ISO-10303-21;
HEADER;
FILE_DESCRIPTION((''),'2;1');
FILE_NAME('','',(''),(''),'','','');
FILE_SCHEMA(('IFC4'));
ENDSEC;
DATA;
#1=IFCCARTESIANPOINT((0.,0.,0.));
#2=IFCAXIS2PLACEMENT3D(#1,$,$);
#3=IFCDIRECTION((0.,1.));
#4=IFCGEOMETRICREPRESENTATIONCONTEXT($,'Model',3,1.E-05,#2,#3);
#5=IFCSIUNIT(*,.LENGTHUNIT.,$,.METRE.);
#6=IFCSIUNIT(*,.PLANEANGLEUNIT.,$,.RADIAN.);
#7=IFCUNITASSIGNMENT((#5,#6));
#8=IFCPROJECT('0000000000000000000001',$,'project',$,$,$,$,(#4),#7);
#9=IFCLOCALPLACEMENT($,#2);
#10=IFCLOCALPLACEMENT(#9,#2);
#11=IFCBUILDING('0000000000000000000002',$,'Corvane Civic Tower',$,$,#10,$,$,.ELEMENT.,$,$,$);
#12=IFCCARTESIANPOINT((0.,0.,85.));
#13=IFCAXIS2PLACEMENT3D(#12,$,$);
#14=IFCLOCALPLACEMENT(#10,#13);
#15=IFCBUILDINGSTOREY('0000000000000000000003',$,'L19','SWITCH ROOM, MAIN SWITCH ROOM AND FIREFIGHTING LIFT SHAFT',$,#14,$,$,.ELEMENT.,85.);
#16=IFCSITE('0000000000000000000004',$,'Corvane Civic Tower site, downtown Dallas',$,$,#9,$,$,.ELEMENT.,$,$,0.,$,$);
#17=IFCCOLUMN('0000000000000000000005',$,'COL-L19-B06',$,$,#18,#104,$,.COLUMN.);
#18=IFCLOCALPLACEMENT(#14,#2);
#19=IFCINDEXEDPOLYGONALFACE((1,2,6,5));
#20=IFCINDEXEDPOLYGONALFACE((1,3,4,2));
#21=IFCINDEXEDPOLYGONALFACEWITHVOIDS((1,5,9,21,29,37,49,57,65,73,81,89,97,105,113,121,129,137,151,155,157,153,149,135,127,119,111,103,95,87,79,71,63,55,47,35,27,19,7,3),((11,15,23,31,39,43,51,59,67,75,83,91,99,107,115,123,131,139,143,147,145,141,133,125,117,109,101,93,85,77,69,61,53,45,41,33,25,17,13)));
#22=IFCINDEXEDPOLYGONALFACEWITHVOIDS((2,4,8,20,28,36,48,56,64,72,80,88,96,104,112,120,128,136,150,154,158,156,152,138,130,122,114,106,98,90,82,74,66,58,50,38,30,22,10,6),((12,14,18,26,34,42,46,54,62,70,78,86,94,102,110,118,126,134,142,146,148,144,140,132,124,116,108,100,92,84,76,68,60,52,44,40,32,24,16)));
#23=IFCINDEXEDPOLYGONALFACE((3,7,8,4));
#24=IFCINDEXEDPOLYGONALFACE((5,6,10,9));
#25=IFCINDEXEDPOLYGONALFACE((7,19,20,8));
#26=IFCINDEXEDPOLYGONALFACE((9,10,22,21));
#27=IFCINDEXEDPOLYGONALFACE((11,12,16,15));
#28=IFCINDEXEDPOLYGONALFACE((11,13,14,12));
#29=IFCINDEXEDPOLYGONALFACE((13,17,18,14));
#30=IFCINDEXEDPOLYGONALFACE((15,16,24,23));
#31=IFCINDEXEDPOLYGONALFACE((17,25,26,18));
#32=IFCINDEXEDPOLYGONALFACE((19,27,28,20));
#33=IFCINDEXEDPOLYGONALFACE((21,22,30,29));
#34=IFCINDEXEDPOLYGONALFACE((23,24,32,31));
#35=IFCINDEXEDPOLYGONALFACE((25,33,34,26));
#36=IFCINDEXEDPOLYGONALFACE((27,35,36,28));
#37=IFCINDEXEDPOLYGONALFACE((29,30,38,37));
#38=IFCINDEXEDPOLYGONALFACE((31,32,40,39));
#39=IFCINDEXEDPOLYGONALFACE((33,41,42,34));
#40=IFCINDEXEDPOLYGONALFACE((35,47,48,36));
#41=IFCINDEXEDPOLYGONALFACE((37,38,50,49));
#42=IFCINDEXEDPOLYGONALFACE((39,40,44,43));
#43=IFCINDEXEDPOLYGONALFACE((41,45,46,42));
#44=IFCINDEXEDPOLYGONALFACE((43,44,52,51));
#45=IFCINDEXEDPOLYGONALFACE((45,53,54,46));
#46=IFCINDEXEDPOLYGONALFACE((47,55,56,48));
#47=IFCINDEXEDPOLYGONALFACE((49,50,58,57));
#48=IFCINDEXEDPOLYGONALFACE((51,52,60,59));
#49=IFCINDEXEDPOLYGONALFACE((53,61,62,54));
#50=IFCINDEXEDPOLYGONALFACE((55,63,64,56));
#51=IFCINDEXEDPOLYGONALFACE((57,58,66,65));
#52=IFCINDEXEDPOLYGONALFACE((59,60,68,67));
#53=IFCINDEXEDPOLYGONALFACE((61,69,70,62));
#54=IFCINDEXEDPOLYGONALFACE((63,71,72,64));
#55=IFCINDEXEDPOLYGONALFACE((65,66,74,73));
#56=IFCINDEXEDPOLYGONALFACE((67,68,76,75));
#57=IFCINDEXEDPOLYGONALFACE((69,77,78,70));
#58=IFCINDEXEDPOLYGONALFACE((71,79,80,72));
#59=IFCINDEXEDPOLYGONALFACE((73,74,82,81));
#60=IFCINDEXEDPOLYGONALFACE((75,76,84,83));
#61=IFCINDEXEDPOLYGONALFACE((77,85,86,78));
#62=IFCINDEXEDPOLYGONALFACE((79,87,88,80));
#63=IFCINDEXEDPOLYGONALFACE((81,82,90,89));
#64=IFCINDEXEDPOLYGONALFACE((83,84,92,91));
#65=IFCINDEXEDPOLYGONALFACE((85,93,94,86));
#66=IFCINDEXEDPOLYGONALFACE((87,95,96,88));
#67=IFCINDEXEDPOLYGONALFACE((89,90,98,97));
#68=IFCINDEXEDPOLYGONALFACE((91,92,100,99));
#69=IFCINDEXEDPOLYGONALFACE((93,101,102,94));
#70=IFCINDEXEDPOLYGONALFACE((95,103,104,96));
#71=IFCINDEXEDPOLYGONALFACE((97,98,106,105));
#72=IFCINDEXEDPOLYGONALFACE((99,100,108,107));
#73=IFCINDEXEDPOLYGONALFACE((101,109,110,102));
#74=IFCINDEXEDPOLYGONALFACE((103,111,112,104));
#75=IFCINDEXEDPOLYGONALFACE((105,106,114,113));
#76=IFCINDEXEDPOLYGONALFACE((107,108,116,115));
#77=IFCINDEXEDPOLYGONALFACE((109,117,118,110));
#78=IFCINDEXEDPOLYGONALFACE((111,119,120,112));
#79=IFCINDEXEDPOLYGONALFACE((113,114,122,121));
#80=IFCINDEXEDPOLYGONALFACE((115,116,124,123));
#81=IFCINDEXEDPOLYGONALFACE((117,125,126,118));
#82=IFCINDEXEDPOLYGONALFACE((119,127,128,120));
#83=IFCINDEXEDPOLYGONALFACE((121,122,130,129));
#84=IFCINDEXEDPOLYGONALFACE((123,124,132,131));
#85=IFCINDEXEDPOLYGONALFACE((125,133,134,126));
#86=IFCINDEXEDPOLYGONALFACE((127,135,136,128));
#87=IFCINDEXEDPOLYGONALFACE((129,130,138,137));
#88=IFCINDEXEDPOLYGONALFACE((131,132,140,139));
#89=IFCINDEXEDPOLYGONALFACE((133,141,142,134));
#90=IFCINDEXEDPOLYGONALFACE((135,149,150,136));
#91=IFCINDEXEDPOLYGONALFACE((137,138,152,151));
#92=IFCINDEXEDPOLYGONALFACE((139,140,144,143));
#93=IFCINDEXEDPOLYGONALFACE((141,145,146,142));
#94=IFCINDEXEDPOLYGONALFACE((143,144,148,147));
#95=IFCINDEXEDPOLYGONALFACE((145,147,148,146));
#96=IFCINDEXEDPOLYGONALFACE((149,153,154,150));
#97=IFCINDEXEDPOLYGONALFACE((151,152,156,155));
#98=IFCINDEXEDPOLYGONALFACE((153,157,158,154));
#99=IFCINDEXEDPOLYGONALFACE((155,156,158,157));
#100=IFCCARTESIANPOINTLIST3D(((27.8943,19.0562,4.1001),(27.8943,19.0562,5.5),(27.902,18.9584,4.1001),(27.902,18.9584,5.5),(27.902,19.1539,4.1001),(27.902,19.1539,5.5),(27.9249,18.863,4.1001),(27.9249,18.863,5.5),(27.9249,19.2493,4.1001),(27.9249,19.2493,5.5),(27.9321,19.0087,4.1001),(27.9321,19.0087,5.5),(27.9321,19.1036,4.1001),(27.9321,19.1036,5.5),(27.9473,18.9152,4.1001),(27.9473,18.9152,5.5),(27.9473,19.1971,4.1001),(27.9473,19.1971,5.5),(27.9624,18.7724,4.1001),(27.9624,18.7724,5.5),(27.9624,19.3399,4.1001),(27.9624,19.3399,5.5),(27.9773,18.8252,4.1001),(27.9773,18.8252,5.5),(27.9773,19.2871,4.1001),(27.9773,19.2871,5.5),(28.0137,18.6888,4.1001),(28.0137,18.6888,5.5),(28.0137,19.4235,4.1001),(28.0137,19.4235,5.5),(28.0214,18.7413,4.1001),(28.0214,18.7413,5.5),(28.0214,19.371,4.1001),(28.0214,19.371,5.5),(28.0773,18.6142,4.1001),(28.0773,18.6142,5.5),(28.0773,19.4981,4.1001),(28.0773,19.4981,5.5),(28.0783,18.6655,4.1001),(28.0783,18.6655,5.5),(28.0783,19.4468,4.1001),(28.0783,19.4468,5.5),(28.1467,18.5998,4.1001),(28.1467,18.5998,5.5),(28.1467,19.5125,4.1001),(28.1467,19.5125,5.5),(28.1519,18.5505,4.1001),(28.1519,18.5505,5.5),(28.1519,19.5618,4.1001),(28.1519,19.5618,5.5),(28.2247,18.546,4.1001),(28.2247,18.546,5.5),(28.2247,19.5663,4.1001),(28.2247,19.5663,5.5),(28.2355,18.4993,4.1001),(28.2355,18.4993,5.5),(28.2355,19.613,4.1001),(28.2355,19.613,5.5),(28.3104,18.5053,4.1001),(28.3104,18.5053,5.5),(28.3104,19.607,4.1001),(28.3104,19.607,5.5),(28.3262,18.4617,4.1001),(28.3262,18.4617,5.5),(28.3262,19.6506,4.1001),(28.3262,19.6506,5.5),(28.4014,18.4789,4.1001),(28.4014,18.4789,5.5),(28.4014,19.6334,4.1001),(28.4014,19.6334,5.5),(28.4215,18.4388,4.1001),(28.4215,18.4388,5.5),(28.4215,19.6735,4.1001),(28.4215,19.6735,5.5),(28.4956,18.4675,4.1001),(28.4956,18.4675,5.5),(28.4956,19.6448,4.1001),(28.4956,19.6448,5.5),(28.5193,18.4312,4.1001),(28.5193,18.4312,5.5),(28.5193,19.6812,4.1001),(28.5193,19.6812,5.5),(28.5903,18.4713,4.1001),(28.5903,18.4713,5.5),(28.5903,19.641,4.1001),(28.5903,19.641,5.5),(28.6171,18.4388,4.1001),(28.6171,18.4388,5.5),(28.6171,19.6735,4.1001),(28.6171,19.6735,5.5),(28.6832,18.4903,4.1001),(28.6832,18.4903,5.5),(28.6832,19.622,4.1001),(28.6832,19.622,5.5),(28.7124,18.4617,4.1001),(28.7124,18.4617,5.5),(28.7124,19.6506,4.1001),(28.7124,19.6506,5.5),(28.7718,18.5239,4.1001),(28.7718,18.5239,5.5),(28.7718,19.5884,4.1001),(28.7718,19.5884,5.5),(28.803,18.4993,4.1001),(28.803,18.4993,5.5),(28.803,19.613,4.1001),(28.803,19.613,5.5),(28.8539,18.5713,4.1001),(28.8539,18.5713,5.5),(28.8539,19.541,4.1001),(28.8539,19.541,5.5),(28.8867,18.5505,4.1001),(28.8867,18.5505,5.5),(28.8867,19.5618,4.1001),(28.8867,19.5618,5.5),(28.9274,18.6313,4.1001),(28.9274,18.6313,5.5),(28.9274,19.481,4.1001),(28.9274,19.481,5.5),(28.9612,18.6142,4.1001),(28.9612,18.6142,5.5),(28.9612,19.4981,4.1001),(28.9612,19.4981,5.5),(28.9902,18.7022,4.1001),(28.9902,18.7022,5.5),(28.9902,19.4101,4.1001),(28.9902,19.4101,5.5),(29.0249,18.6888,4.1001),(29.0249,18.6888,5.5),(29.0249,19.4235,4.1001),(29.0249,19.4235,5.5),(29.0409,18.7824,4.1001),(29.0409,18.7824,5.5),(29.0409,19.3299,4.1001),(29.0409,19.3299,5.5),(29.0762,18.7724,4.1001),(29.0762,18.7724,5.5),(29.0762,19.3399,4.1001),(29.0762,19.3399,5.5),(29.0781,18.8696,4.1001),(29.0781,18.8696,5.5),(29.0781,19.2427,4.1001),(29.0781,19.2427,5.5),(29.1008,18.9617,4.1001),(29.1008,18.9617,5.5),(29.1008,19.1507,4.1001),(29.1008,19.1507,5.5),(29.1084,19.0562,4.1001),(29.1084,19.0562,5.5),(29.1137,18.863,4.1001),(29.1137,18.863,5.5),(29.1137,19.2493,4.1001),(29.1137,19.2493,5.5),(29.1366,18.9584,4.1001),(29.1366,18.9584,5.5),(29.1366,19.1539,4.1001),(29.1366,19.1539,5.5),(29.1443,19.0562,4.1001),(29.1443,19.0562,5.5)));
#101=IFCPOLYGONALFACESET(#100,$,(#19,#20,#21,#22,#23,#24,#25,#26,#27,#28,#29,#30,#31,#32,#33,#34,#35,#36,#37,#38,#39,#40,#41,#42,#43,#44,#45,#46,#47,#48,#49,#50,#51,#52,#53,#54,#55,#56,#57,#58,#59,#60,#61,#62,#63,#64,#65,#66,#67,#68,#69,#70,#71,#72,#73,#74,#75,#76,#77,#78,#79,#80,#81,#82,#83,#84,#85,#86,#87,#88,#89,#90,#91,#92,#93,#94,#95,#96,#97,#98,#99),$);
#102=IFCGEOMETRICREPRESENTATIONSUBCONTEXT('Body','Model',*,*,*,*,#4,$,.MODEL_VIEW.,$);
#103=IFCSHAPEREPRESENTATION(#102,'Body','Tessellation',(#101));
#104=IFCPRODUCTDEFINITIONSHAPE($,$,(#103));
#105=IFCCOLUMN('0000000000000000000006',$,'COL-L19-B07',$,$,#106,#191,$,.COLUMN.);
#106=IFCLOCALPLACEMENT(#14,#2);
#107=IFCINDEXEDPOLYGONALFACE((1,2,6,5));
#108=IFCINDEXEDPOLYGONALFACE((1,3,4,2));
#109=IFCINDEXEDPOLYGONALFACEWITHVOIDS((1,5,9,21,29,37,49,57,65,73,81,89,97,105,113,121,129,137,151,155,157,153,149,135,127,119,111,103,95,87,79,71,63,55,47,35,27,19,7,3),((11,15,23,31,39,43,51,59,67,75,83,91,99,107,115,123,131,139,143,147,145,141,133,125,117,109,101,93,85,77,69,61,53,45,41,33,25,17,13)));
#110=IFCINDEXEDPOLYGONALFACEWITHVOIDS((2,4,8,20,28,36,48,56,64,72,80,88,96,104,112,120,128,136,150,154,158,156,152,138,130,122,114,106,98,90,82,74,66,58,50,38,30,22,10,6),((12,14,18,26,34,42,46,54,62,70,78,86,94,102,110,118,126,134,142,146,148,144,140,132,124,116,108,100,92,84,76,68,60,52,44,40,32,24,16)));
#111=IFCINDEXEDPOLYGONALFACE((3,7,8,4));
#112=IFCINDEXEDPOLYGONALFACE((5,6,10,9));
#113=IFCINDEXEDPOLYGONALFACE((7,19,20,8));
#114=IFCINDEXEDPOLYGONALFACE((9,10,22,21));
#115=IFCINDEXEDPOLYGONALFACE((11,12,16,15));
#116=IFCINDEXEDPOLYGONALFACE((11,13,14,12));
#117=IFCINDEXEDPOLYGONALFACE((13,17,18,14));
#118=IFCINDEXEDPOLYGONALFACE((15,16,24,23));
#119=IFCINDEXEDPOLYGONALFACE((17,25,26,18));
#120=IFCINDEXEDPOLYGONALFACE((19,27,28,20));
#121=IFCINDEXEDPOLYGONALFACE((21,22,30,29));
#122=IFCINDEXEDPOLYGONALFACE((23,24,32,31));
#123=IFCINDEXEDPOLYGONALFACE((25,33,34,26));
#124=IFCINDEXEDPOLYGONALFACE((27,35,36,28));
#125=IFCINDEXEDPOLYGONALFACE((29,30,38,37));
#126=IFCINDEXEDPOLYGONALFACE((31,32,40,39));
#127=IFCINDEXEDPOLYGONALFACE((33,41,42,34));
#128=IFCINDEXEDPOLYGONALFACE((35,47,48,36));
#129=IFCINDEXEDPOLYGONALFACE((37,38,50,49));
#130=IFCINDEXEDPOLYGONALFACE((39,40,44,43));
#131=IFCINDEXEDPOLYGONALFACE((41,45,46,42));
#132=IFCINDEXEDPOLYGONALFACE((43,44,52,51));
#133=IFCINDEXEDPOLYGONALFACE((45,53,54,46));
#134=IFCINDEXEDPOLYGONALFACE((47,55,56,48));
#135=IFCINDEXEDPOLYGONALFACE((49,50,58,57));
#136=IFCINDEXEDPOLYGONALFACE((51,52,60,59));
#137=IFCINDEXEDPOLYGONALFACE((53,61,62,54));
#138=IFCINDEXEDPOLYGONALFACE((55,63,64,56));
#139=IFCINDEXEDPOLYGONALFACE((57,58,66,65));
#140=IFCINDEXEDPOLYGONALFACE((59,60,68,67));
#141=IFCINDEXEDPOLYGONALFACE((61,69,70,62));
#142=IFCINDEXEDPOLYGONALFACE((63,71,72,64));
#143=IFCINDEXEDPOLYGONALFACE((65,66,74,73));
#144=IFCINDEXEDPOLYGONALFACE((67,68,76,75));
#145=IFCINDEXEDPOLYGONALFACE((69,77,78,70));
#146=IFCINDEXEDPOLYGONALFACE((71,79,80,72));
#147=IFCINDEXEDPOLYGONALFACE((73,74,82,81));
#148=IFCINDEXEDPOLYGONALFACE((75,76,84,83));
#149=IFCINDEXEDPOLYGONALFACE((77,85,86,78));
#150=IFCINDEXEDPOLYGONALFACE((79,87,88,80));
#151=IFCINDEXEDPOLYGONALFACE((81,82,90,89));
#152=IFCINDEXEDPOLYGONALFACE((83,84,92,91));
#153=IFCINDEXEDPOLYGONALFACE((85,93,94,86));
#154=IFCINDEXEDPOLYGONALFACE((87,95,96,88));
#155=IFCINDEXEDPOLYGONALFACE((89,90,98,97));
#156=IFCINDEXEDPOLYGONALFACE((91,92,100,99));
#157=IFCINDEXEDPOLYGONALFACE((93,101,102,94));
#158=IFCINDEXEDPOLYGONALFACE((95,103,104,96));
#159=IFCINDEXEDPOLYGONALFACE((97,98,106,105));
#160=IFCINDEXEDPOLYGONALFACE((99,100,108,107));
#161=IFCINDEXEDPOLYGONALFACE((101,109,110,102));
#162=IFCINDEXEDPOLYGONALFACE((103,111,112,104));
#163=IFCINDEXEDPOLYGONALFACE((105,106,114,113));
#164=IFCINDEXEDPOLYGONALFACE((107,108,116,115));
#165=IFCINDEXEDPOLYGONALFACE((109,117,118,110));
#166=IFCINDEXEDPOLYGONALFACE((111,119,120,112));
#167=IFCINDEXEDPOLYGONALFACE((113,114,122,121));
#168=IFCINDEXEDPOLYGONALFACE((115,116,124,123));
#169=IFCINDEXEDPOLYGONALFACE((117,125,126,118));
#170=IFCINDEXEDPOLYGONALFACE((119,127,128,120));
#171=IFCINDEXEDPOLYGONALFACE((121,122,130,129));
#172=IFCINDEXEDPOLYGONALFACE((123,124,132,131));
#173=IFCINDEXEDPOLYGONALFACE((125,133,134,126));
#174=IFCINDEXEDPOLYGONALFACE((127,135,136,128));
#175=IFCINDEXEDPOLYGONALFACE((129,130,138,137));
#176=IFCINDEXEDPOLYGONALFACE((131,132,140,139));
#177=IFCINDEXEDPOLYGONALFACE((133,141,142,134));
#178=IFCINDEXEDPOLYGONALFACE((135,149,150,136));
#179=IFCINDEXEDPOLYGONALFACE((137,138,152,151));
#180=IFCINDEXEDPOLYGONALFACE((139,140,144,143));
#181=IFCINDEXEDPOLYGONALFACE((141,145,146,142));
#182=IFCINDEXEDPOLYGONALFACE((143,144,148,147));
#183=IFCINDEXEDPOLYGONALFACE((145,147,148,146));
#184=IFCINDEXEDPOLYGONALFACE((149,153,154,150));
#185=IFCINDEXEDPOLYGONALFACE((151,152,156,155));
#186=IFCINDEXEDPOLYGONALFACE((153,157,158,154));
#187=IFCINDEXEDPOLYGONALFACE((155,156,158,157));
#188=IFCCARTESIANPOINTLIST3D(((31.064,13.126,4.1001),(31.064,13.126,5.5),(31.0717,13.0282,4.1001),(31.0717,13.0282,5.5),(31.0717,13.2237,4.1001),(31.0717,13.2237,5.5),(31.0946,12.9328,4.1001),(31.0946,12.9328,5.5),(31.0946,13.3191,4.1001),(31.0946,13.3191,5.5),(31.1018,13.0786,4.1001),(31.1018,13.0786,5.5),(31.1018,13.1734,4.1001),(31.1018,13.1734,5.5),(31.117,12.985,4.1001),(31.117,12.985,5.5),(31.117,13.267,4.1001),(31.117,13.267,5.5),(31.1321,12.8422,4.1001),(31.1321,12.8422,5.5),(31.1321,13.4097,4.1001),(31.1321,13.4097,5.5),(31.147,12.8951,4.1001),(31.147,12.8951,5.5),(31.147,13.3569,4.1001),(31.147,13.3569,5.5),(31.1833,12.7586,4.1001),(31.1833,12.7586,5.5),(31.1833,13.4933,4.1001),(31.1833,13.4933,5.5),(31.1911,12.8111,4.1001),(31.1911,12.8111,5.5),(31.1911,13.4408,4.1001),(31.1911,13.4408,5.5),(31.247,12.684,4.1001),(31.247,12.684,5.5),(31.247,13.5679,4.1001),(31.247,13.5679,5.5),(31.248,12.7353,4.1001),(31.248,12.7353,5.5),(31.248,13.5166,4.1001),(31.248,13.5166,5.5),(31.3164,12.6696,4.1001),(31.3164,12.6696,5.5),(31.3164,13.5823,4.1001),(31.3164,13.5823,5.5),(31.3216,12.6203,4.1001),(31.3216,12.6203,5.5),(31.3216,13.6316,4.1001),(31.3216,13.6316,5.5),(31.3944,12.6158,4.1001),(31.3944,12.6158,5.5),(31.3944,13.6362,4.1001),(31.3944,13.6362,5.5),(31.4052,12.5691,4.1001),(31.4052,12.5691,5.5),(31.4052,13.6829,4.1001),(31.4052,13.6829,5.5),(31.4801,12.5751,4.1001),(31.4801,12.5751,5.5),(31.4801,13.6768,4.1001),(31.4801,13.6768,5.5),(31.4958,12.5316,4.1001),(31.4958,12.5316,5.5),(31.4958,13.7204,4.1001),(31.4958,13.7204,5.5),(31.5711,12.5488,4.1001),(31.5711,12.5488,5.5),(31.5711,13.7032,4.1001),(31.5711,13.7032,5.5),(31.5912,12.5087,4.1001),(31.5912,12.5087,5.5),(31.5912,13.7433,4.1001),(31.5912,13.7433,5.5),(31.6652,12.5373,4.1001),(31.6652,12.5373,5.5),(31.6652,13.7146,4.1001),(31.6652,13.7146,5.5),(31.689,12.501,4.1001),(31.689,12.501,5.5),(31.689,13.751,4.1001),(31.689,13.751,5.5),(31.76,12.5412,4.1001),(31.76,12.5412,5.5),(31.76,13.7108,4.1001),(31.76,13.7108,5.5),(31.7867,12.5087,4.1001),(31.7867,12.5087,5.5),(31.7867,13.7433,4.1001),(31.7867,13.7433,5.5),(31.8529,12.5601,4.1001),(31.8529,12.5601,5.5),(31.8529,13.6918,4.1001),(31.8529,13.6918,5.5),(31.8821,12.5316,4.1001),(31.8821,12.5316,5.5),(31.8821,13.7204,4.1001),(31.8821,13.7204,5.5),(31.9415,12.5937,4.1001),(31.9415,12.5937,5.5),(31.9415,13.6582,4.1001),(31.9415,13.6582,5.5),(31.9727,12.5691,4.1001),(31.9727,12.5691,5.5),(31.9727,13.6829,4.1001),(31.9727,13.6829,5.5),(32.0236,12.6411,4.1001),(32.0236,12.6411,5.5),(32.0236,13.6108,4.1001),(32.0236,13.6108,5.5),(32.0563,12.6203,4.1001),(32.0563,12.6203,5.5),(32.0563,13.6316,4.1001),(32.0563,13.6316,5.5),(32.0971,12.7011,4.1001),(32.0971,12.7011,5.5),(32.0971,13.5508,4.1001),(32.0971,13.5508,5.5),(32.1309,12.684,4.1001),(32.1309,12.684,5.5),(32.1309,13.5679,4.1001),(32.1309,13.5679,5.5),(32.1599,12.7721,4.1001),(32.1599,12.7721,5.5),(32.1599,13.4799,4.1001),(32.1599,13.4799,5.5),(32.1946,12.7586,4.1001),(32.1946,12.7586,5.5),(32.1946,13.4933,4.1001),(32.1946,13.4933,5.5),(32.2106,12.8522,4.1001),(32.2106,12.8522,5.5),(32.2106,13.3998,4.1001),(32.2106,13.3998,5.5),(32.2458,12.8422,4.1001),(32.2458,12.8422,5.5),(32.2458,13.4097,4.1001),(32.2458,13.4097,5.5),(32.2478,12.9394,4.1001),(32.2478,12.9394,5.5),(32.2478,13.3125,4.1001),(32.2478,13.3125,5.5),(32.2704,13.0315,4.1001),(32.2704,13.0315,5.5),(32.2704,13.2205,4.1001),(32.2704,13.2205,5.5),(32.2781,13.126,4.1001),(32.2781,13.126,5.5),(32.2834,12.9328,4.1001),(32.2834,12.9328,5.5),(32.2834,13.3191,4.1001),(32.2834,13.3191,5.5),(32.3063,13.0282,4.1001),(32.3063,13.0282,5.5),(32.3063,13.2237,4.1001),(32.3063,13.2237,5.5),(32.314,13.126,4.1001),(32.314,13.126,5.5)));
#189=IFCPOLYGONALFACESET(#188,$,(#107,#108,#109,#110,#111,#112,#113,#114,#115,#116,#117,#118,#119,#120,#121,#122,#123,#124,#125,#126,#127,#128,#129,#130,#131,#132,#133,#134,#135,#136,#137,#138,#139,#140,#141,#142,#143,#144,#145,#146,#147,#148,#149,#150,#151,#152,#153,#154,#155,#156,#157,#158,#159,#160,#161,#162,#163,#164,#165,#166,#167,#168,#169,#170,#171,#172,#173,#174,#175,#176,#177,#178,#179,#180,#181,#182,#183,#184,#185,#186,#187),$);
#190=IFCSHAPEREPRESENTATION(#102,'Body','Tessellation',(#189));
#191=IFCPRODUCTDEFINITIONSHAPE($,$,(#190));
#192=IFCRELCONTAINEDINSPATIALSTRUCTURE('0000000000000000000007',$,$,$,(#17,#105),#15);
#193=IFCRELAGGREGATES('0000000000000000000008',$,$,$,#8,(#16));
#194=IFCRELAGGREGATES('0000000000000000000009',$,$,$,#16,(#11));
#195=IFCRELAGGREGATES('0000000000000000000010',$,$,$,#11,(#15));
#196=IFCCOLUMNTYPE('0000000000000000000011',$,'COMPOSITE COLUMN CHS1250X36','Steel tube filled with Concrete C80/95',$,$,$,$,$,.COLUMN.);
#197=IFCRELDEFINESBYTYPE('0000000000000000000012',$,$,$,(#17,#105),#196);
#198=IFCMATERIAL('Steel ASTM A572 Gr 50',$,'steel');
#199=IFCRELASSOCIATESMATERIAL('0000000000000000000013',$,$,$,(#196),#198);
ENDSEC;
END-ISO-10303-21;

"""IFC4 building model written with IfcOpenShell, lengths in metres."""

from ifc_helpers import new_model, si_unit, direction, frame, origin, origin_2d, place, context, subcontext, project, spatial, hollow_circle, extrude, material, material_profile, profile_set, type_object, element, save


model = new_model("IFC4")

# Units and contexts
model_context = context("Model", 3, precision=1e-05, world=origin(), true_north=direction((0.0, 1.0)))
body_context = subcontext(model_context, "Body", "Model", "MODEL_VIEW")
ifc_project = project(units=[si_unit("LENGTHUNIT", "METRE"), si_unit("PLANEANGLEUNIT", "RADIAN")], contexts=[model_context])

# Site, building, storey
site_placement = place(None, origin())
site = spatial("IfcSite", under=ifc_project, at=site_placement, Name="Corvane Civic Tower site, downtown Dallas", CompositionType="ELEMENT", RefElevation=0.0)
building_placement = place(site_placement, origin())
building = spatial("IfcBuilding", under=site, at=building_placement, Name="Corvane Civic Tower", CompositionType="ELEMENT")
storey_placement = place(building_placement, frame((0.0, 0.0, 85.0)))
storey = spatial("IfcBuildingStorey", under=building, at=storey_placement, Name="L19", Description="SWITCH ROOM, MAIN SWITCH ROOM AND FIREFIGHTING LIFT SHAFT", CompositionType="ELEMENT", Elevation=85.0)

# Columns
ifc_material_1 = material(Name="Steel ASTM A572 Gr 50", Category="steel")
ifc_material_profile_1 = material_profile(ifc_material_1, hollow_circle(Radius=0.625, WallThickness=0.0359, at=origin_2d()), Name="CHS1250X36")
ifc_profile_set_1 = profile_set([ifc_material_profile_1], Name="Steel ASTM A572 Gr 50")
column_type_1 = type_object("IfcColumnType", Name="COMPOSITE COLUMN CHS1250X36", Description="Steel tube filled with Concrete C80/95", PredefinedType="COLUMN", material=ifc_profile_set_1)
for number, where, z_axis, x_axis, name in (
    (1, (28.5193, 19.0562, 4.1001), (0.0, 0.0, 1.0), (1.0, 0.0, 0.0), "COL-L19-B06"),
    (2, (31.689, 13.126, 4.1001), (0.0, 0.0, 1.0), (1.0, 0.0, 0.0), "COL-L19-B07"),
):
    element("IfcColumn", number, at=place(storey_placement, frame(where, z_axis=z_axis, x_axis=x_axis)), inside=storey, type_object=column_type_1, Name=name, PredefinedType="COLUMN", context=body_context, shape_type="SweptSolid", body=[
        extrude(hollow_circle(Radius=0.625, WallThickness=0.0359, at=origin_2d()), origin(), (0.0, 0.0, 1.0), 1.3999),
    ])

save(model, "model.ifc")
